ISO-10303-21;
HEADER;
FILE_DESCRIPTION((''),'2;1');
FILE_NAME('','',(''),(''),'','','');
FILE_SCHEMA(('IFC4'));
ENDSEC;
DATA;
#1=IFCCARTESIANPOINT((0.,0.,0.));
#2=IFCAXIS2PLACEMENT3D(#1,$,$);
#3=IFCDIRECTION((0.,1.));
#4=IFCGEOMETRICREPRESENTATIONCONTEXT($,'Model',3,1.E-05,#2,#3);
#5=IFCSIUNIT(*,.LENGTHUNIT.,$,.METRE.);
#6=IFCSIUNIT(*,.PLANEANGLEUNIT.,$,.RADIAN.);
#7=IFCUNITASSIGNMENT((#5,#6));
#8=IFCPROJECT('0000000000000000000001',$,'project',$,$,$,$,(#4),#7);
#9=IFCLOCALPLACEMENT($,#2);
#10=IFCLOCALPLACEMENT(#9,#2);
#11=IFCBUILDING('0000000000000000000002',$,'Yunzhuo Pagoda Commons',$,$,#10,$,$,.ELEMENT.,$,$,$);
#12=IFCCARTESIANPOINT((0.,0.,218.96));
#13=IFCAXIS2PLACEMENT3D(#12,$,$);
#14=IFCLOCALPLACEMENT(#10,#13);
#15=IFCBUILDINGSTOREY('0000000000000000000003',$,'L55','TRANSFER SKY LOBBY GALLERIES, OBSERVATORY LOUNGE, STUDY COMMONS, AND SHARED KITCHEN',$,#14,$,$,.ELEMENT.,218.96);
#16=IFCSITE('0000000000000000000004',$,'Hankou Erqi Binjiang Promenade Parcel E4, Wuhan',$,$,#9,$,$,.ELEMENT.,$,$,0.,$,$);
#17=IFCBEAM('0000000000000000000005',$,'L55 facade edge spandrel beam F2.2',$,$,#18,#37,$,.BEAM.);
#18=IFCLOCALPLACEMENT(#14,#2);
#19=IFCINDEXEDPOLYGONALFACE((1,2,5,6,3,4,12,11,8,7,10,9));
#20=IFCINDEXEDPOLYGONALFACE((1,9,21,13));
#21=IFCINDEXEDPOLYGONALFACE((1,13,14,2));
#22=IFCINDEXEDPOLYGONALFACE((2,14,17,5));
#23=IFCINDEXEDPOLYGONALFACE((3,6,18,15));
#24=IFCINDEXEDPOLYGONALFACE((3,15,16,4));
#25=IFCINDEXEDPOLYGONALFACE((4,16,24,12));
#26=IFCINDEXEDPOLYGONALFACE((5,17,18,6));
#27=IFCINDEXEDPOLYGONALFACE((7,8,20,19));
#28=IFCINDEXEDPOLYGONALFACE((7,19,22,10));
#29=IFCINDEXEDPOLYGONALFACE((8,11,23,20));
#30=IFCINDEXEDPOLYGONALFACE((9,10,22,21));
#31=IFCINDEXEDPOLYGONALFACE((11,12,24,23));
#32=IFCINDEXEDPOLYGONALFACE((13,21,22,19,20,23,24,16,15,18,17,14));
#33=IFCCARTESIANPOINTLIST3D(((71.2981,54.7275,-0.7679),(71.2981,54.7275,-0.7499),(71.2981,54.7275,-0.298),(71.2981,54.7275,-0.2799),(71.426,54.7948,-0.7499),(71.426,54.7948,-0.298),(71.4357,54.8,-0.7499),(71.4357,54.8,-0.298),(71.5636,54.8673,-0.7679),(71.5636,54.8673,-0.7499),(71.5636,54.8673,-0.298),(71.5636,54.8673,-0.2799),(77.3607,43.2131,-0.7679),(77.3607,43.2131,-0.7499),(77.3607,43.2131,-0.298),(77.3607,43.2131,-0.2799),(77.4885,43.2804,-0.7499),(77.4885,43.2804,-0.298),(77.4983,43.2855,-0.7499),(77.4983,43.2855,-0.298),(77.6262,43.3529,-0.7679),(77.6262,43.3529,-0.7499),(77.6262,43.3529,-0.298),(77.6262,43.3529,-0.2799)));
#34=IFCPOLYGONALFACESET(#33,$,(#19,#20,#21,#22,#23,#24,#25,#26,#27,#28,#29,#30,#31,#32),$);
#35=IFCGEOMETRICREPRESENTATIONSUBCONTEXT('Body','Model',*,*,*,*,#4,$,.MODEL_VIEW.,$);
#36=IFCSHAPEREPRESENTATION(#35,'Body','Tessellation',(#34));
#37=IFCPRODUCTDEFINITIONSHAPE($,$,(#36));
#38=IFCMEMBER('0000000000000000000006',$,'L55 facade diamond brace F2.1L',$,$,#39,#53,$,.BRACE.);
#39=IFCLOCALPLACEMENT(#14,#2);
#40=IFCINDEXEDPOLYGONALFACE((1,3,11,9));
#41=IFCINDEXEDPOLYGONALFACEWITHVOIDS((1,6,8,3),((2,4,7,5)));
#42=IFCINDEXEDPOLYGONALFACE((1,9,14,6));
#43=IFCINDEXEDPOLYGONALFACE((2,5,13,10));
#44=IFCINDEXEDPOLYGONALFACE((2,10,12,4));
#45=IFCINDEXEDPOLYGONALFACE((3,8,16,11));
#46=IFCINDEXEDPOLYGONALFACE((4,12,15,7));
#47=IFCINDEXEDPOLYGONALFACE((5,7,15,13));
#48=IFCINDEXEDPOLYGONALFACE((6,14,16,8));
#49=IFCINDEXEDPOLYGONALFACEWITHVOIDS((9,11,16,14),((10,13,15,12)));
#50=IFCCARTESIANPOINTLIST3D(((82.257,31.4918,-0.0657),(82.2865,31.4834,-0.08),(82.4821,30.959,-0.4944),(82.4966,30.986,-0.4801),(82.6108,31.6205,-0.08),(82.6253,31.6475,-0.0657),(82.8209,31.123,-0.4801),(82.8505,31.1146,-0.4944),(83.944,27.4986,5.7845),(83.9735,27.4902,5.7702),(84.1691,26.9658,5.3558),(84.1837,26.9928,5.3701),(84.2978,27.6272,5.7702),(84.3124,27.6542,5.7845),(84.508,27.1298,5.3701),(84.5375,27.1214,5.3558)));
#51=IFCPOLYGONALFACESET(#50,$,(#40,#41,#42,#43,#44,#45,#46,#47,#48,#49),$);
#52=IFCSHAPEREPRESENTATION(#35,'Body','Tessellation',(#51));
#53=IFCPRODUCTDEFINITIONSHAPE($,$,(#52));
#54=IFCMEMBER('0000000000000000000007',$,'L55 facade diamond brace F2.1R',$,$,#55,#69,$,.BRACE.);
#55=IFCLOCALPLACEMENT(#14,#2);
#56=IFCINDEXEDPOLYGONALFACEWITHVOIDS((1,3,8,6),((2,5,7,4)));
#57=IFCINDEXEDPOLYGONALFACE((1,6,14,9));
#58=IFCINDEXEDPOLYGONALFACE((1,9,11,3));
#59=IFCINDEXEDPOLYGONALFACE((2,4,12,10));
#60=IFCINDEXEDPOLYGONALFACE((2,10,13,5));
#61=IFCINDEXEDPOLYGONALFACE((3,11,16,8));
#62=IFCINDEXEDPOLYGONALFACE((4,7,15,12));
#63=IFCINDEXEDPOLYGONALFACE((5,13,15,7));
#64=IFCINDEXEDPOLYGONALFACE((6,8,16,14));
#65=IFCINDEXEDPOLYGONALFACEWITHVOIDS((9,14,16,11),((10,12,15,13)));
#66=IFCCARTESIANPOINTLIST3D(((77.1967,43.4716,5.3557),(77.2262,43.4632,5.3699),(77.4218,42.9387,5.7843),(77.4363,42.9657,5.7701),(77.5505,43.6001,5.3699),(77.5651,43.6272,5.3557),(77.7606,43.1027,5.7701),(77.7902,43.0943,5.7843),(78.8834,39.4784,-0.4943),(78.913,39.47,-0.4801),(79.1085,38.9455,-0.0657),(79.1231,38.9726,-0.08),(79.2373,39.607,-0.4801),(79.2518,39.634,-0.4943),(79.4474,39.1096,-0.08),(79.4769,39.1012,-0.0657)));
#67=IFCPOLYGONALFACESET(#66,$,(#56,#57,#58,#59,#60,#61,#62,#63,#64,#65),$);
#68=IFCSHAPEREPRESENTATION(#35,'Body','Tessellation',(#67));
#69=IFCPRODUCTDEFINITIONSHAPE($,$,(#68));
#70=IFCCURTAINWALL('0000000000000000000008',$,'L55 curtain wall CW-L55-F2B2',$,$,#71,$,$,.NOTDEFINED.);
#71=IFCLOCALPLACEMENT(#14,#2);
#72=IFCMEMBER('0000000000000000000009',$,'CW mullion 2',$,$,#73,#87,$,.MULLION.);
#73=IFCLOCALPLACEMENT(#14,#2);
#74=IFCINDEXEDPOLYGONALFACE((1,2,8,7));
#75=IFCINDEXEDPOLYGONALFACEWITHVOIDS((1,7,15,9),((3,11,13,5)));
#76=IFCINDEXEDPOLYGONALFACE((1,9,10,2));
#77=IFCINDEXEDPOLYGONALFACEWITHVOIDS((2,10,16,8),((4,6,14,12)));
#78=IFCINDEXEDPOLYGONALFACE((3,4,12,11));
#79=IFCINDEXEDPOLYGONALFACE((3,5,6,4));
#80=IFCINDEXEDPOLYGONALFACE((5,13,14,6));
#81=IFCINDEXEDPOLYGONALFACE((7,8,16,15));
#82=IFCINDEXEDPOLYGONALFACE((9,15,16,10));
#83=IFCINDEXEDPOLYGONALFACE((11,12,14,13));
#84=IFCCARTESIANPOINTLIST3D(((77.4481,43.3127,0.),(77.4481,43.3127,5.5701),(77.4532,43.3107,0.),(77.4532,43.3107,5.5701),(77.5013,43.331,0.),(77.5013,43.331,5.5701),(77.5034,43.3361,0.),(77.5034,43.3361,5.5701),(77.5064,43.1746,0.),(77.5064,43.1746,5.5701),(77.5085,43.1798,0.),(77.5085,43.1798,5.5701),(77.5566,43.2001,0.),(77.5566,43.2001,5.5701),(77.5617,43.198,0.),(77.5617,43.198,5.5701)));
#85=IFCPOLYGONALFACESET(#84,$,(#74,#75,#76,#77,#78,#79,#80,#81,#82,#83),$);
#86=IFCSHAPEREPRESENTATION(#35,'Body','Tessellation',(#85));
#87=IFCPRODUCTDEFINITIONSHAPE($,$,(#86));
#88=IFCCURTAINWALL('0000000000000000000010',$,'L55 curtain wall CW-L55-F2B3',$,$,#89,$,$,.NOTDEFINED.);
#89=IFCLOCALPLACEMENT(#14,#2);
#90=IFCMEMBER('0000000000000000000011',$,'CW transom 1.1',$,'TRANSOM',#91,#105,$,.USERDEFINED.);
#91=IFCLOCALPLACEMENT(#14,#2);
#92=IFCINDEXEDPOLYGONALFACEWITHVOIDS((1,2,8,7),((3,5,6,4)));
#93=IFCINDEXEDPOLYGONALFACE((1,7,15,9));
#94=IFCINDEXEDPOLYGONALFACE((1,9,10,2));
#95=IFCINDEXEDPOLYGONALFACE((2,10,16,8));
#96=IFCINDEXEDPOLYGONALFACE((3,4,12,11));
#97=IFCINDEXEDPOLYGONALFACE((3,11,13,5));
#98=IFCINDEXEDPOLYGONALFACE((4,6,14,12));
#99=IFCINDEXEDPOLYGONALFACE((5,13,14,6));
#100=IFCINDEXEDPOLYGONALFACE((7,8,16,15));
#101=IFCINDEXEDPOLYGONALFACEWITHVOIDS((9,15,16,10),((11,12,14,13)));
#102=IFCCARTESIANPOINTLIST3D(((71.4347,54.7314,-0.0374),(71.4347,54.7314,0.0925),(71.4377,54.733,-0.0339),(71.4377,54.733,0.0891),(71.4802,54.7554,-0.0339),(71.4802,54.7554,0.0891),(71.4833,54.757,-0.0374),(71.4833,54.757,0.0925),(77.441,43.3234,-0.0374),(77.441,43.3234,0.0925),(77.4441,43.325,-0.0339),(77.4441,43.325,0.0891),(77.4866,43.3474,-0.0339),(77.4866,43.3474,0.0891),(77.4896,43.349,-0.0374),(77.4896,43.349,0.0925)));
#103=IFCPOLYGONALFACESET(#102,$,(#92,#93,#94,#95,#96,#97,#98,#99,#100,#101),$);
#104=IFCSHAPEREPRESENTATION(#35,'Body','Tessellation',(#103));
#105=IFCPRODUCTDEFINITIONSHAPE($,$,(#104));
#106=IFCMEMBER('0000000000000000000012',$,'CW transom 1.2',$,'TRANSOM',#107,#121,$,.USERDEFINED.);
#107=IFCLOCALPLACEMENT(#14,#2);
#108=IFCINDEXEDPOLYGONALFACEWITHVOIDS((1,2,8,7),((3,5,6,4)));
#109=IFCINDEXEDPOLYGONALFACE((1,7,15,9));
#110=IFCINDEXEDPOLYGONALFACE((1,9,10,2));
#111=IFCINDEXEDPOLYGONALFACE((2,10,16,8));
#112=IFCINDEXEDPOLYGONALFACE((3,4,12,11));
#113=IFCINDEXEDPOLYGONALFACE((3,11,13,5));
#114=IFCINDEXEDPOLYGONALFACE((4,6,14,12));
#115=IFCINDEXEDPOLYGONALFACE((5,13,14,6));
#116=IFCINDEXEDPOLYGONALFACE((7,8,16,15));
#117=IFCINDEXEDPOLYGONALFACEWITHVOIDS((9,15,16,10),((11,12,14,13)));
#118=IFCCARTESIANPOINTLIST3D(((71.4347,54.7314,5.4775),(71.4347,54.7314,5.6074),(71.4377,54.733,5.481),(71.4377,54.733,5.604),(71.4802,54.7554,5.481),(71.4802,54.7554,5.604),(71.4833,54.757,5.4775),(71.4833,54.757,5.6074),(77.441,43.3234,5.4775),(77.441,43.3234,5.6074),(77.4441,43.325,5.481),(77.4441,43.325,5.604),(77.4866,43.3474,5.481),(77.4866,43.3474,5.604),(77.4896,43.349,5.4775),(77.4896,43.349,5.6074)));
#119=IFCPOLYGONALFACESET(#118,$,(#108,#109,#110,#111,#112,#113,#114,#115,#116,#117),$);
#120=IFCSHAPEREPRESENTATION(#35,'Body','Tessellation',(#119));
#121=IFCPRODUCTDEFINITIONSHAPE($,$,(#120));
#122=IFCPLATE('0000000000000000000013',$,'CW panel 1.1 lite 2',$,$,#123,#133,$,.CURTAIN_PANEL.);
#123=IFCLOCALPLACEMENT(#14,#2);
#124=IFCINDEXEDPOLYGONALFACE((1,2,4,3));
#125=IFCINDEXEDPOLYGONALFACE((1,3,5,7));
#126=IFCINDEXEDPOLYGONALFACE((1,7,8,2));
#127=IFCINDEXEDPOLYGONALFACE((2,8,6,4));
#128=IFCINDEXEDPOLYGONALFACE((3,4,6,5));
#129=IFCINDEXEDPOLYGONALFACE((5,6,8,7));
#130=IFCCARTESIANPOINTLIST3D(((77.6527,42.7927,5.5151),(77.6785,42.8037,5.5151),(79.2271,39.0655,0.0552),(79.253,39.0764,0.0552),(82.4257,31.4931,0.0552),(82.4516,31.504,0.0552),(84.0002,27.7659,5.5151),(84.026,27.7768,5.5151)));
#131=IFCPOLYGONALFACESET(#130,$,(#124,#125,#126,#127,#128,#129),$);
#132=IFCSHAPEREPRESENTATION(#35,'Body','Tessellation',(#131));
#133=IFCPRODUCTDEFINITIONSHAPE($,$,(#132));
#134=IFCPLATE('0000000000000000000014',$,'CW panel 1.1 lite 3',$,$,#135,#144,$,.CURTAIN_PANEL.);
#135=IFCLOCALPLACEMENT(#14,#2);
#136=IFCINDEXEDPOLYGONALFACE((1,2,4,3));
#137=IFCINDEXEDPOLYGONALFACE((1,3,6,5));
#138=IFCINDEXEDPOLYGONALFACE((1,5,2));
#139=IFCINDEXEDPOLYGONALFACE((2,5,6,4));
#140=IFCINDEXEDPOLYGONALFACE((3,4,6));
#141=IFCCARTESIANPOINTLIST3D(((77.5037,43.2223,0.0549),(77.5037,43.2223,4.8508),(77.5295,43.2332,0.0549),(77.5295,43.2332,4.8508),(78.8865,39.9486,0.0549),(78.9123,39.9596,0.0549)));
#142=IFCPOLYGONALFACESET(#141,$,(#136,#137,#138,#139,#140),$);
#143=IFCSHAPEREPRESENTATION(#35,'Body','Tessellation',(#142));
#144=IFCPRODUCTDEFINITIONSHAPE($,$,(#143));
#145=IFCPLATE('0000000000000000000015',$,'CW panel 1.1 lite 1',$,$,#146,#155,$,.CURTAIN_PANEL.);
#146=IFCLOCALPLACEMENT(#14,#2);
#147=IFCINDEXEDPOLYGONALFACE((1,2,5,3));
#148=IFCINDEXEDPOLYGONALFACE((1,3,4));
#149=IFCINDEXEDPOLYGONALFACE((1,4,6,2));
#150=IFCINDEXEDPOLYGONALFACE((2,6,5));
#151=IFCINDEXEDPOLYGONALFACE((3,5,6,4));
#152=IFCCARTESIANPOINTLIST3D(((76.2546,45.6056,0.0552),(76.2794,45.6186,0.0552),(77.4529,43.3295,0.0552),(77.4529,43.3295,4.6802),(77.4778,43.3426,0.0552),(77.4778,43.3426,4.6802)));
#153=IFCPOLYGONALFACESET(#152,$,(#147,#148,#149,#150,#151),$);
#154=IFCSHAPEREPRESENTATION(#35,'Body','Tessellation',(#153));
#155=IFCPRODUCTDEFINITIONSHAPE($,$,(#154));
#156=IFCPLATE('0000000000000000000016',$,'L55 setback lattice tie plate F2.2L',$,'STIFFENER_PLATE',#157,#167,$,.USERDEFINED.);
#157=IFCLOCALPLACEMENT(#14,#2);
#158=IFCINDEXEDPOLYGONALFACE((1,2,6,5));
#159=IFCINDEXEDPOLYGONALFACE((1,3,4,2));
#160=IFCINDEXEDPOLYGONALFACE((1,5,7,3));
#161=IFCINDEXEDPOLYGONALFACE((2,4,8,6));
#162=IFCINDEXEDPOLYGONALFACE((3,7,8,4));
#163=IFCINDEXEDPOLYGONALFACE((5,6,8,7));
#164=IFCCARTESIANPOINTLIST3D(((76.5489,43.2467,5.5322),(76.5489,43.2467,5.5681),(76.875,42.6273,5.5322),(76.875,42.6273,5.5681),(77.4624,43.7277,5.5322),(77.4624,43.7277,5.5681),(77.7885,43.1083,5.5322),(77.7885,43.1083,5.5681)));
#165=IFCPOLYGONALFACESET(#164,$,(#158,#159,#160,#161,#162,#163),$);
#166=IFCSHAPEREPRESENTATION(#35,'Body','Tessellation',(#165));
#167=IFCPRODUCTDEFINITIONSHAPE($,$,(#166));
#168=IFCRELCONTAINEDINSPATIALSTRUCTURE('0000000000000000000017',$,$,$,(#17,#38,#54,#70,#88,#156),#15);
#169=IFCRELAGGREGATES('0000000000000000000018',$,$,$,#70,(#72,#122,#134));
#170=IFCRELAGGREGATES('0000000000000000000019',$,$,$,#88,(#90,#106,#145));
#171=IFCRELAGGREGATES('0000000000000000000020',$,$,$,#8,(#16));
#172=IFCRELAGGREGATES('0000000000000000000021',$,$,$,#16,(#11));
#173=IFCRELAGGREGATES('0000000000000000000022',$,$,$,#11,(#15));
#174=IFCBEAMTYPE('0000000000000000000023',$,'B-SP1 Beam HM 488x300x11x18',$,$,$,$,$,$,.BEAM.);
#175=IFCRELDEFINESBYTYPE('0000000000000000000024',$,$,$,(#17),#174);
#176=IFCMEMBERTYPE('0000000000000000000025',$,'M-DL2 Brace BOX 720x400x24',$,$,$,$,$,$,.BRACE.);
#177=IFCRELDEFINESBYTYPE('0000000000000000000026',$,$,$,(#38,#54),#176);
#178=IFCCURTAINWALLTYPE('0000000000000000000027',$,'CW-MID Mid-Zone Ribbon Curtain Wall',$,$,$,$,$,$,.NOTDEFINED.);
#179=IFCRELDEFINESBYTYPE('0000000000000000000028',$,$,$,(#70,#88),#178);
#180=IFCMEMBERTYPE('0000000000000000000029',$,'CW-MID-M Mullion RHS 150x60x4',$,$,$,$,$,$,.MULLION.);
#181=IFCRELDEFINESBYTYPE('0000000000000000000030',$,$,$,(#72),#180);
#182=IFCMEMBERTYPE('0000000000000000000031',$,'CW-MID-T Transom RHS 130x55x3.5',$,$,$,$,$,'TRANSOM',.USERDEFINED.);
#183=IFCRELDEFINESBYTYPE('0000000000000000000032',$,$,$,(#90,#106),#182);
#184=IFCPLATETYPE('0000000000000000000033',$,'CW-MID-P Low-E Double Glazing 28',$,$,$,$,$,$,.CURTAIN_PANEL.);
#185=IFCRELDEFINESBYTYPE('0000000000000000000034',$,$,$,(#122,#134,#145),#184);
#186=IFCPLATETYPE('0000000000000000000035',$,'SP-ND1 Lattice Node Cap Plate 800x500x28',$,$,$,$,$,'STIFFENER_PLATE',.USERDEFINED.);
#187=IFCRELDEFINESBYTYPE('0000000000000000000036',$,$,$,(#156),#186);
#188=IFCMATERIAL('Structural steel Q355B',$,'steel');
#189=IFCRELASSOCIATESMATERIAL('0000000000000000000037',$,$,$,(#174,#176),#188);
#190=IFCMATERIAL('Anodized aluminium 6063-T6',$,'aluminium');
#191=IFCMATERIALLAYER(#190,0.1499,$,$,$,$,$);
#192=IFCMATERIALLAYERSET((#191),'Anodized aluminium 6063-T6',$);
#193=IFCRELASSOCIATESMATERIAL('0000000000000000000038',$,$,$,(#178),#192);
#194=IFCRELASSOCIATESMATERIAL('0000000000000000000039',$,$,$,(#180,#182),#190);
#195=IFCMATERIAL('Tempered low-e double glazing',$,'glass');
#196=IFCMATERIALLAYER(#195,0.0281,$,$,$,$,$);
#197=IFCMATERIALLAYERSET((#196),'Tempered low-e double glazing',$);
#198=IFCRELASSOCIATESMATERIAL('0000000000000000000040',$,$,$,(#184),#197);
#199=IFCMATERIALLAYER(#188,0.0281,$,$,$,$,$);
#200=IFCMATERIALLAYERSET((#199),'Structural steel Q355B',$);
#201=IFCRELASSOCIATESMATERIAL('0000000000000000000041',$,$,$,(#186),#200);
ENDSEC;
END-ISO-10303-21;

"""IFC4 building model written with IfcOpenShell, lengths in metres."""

from ifc_helpers import new_model, si_unit, direction, frame, origin, origin_2d, place, context, subcontext, project, spatial, polyline, rectangle, hollow_rectangle, i_section, outline, extrude, source, transform, mapped, material, layer, layer_set, material_profile, profile_set, type_object, element, aggregate, save


model = new_model("IFC4")

# Units and contexts
model_context = context("Model", 3, precision=1e-05, world=origin(), true_north=direction((0.0, 1.0)))
body_context = subcontext(model_context, "Body", "Model", "MODEL_VIEW")
ifc_project = project(units=[si_unit("LENGTHUNIT", "METRE"), si_unit("PLANEANGLEUNIT", "RADIAN")], contexts=[model_context])

# Site, building, storey
site_placement = place(None, origin())
site = spatial("IfcSite", under=ifc_project, at=site_placement, Name="Hankou Erqi Binjiang Promenade Parcel E4, Wuhan", CompositionType="ELEMENT", RefElevation=0.0)
building_placement = place(site_placement, origin())
building = spatial("IfcBuilding", under=site, at=building_placement, Name="Yunzhuo Pagoda Commons", CompositionType="ELEMENT")
storey_placement = place(building_placement, frame((0.0, 0.0, 218.96)))
storey = spatial("IfcBuildingStorey", under=building, at=storey_placement, Name="L55", Description="TRANSFER SKY LOBBY GALLERIES, OBSERVATORY LOUNGE, STUDY COMMONS, AND SHARED KITCHEN", CompositionType="ELEMENT", Elevation=218.96)

# Beam
ifc_material_1 = material(Name="Structural steel Q355B", Category="steel")
ifc_material_profile_1 = material_profile(ifc_material_1, i_section(OverallWidth=0.3, OverallDepth=0.488, WebThickness=0.011, FlangeThickness=0.0181, at=origin_2d()), Name="Structural steel Q355B")
ifc_profile_set_1 = profile_set([ifc_material_profile_1], Name="Structural steel Q355B")
beam_type_1 = type_object("IfcBeamType", Name="B-SP1 Beam HM 488x300x11x18", PredefinedType="BEAM", material=ifc_profile_set_1)
shared_shape_1 = source(origin(), body_context, "Body", "SweptSolid", [
    extrude(i_section(OverallWidth=0.3, OverallDepth=0.488, WebThickness=0.011, FlangeThickness=0.0181, at=origin_2d()), origin(), (0.0, 0.0, 1.0), 13.0129),
])
beam_1_placement = place(storey_placement, frame((77.4934, 43.283, -0.5239), z_axis=(-0.465884, 0.884846, 0.0), x_axis=(-0.884846, -0.465884, 0.0)))
element("IfcBeam", 1, at=beam_1_placement, inside=storey, type_object=beam_type_1, Name="L55 facade edge spandrel beam F2.2", PredefinedType="BEAM", context=body_context, shape_type="MappedRepresentation", body=[
    mapped(shared_shape_1, transform((0.0, 0.0, 0.0), scale=1.0)),
])

# Members
ifc_material_profile_2 = material_profile(ifc_material_1, hollow_rectangle(XDim=0.3999, YDim=0.72, WallThickness=0.0239, at=origin_2d()), Name="Structural steel Q355B")
ifc_profile_set_2 = profile_set([ifc_material_profile_2], Name="Structural steel Q355B")
member_type_1 = type_object("IfcMemberType", Name="M-DL2 Brace BOX 720x400x24", PredefinedType="BRACE", material=ifc_profile_set_2)
shared_shape_2 = source(origin(), body_context, "Body", "SweptSolid", [
    extrude(hollow_rectangle(XDim=0.3999, YDim=0.72, WallThickness=0.0239, at=origin_2d()), origin(), (0.0, 0.0, 1.0), 7.2812),
])
member_1_placement = place(storey_placement, frame((82.5537, 31.3032, -0.28), z_axis=(0.231696, -0.548426, 0.803459), x_axis=(0.921166, 0.38917, 0.0)))
element("IfcMember", 2, at=member_1_placement, inside=storey, type_object=member_type_1, Name="L55 facade diamond brace F2.1L", PredefinedType="BRACE", context=body_context, shape_type="MappedRepresentation", body=[
    mapped(shared_shape_2, transform((0.0, 0.0, 0.0), scale=1.0)),
])
shared_shape_3 = source(origin(), body_context, "Body", "SweptSolid", [
    extrude(hollow_rectangle(XDim=0.3999, YDim=0.72, WallThickness=0.0239, at=origin_2d()), origin(), (0.0, 0.0, 1.0), 7.281),
])
member_2_placement = place(storey_placement, frame((79.1802, 39.2898, -0.28), z_axis=(-0.231664, 0.54843, 0.803465), x_axis=(-0.921186, -0.389122, 0.0)))
element("IfcMember", 3, at=member_2_placement, inside=storey, type_object=member_type_1, Name="L55 facade diamond brace F2.1R", PredefinedType="BRACE", context=body_context, shape_type="MappedRepresentation", body=[
    mapped(shared_shape_3, transform((0.0, 0.0, 0.0), scale=1.0)),
])

# Curtain wall, member
ifc_material_2 = material(Name="Anodized aluminium 6063-T6", Category="aluminium")
ifc_layer_1 = layer(ifc_material_2, 0.1499)
ifc_layer_set_1 = layer_set([ifc_layer_1], Name="Anodized aluminium 6063-T6")
curtain_wall_type = type_object("IfcCurtainWallType", Name="CW-MID Mid-Zone Ribbon Curtain Wall", PredefinedType="NOTDEFINED", material=ifc_layer_set_1)
curtain_wall_1_placement = place(storey_placement, origin())
curtain_wall_1 = element("IfcCurtainWall", 4, at=curtain_wall_1_placement, inside=storey, type_object=curtain_wall_type, Name="L55 curtain wall CW-L55-F2B2", PredefinedType="NOTDEFINED")
ifc_material_profile_3 = material_profile(ifc_material_2, hollow_rectangle(XDim=0.0601, YDim=0.1499, WallThickness=0.0039, at=origin_2d()), Name="Anodized aluminium 6063-T6")
ifc_profile_set_3 = profile_set([ifc_material_profile_3], Name="Anodized aluminium 6063-T6")
member_type_2 = type_object("IfcMemberType", Name="CW-MID-M Mullion RHS 150x60x4", PredefinedType="MULLION", material=ifc_profile_set_3)
shared_shape_4 = source(origin(), body_context, "Body", "SweptSolid", [
    extrude(hollow_rectangle(XDim=0.0601, YDim=0.1499, WallThickness=0.0039, at=origin_2d()), origin(), (0.0, 0.0, 1.0), 5.5701),
])
member_3_placement = place(storey_placement, frame((77.5049, 43.2554, 0.0), z_axis=(0.0, 0.0, 1.0), x_axis=(-0.921188, -0.389117, 0.0)))
member_3 = element("IfcMember", 5, at=member_3_placement, type_object=member_type_2, Name="CW mullion 2", PredefinedType="MULLION", context=body_context, shape_type="MappedRepresentation", body=[
    mapped(shared_shape_4, transform((0.0, 0.0, 0.0), scale=1.0)),
])

# Curtain wall, members
curtain_wall_2_placement = place(storey_placement, origin())
curtain_wall_2 = element("IfcCurtainWall", 6, at=curtain_wall_2_placement, inside=storey, type_object=curtain_wall_type, Name="L55 curtain wall CW-L55-F2B3", PredefinedType="NOTDEFINED")
ifc_material_profile_4 = material_profile(ifc_material_2, hollow_rectangle(XDim=0.0549, YDim=0.1299, WallThickness=0.0034, at=origin_2d()), Name="Anodized aluminium 6063-T6")
ifc_profile_set_4 = profile_set([ifc_material_profile_4], Name="Anodized aluminium 6063-T6")
member_type_3 = type_object("IfcMemberType", Name="CW-MID-T Transom RHS 130x55x3.5", ElementType="TRANSOM", PredefinedType="USERDEFINED", material=ifc_profile_set_4)
shared_shape_5 = source(origin(), body_context, "Body", "SweptSolid", [
    extrude(hollow_rectangle(XDim=0.0549, YDim=0.1299, WallThickness=0.0034, at=origin_2d()), origin(), (0.0, 0.0, 1.0), 12.8926),
])
member_4_placement = place(storey_placement, frame((77.4653, 43.3362, 0.0276), z_axis=(-0.465878, 0.884849, 0.0), x_axis=(-0.884849, -0.465878, 0.0)))
member_4 = element("IfcMember", 7, at=member_4_placement, type_object=member_type_3, Name="CW transom 1.1", ObjectType="TRANSOM", PredefinedType="USERDEFINED", context=body_context, shape_type="MappedRepresentation", body=[
    mapped(shared_shape_5, transform((0.0, 0.0, 0.0), scale=1.0)),
])
member_5_placement = place(storey_placement, frame((77.4653, 43.3362, 5.5425), z_axis=(-0.465878, 0.884849, 0.0), x_axis=(-0.884849, -0.465878, 0.0)))
member_5 = element("IfcMember", 8, at=member_5_placement, type_object=member_type_3, Name="CW transom 1.2", ObjectType="TRANSOM", PredefinedType="USERDEFINED", context=body_context, shape_type="MappedRepresentation", body=[
    mapped(shared_shape_5, transform((0.0, 0.0, 0.0), scale=1.0)),
])

# Plates
ifc_material_3 = material(Name="Tempered low-e double glazing", Category="glass")
ifc_layer_2 = layer(ifc_material_3, 0.0281)
ifc_layer_set_2 = layer_set([ifc_layer_2], Name="Tempered low-e double glazing")
plate_type_1 = type_object("IfcPlateType", Name="CW-MID-P Low-E Double Glazing 28", PredefinedType="CURTAIN_PANEL", material=ifc_layer_set_2)
plate_1_placement = place(storey_placement, frame((80.8264, 35.2793, 2.7852), z_axis=(0.921188, 0.389117, 0.0), x_axis=(-0.389117, 0.921188, 0.0)))
plate_1 = element("IfcPlate", 9, at=plate_1_placement, type_object=plate_type_1, Name="CW panel 1.1 lite 2", PredefinedType="CURTAIN_PANEL", context=body_context, shape_type="SweptSolid", body=[
    extrude(outline(polyline([(-8.1562, 2.73), (-4.1101, -2.73), (4.1101, -2.73), (8.1562, 2.73), (-8.1562, 2.73)])), origin(), (0.0, 0.0, 1.0), 0.0281),
])
plate_2_placement = place(storey_placement, frame((78.1951, 41.5854, 2.4529), z_axis=(0.921188, 0.389117, 0.0), x_axis=(-0.389117, 0.921188, 0.0)))
plate_2 = element("IfcPlate", 10, at=plate_2_placement, type_object=plate_type_1, Name="CW panel 1.1 lite 3", PredefinedType="CURTAIN_PANEL", context=body_context, shape_type="SweptSolid", body=[
    extrude(outline(polyline([(-1.7769, -2.3979), (1.7769, -2.3979), (1.7769, 2.3979), (-1.7769, -2.3979)])), origin(), (0.0, 0.0, 1.0), 0.0281),
])
aggregate(curtain_wall_1, [member_3, plate_1, plate_2])
plate_3_placement = place(storey_placement, frame((76.8538, 44.4675, 2.3677), z_axis=(0.88485, 0.465875, 0.0), x_axis=(-0.465875, 0.88485, 0.0)))
plate_3 = element("IfcPlate", 11, at=plate_3_placement, type_object=plate_type_1, Name="CW panel 1.1 lite 1", PredefinedType="CURTAIN_PANEL", context=body_context, shape_type="SweptSolid", body=[
    extrude(outline(polyline([(-1.2861, -2.3125), (1.2861, -2.3125), (-1.2861, 2.3125), (-1.2861, -2.3125)])), origin(), (0.0, 0.0, 1.0), 0.0281),
])
aggregate(curtain_wall_2, [member_4, member_5, plate_3])
ifc_layer_3 = layer(ifc_material_1, 0.0281)
ifc_layer_set_3 = layer_set([ifc_layer_3], Name="Structural steel Q355B")
plate_type_2 = type_object("IfcPlateType", Name="SP-ND1 Lattice Node Cap Plate 800x500x28", ElementType="STIFFENER_PLATE", PredefinedType="USERDEFINED", material=ifc_layer_set_3)
shared_shape_6 = source(origin(), body_context, "Body", "SweptSolid", [
    extrude(rectangle(XDim=0.7, YDim=1.0325, at=origin_2d()), origin(), (0.0, 0.0, 1.0), 0.0359),
])
plate_4_placement = place(storey_placement, frame((77.1687, 43.1775, 5.5322), z_axis=(0.0, 0.0, 1.0), x_axis=(-0.465877, 0.884849, 0.0)))
element("IfcPlate", 12, at=plate_4_placement, inside=storey, type_object=plate_type_2, Name="L55 setback lattice tie plate F2.2L", ObjectType="STIFFENER_PLATE", PredefinedType="USERDEFINED", context=body_context, shape_type="MappedRepresentation", body=[
    mapped(shared_shape_6, transform((0.0, 0.0, 0.0), scale=1.0)),
])

save(model, "model.ifc")
